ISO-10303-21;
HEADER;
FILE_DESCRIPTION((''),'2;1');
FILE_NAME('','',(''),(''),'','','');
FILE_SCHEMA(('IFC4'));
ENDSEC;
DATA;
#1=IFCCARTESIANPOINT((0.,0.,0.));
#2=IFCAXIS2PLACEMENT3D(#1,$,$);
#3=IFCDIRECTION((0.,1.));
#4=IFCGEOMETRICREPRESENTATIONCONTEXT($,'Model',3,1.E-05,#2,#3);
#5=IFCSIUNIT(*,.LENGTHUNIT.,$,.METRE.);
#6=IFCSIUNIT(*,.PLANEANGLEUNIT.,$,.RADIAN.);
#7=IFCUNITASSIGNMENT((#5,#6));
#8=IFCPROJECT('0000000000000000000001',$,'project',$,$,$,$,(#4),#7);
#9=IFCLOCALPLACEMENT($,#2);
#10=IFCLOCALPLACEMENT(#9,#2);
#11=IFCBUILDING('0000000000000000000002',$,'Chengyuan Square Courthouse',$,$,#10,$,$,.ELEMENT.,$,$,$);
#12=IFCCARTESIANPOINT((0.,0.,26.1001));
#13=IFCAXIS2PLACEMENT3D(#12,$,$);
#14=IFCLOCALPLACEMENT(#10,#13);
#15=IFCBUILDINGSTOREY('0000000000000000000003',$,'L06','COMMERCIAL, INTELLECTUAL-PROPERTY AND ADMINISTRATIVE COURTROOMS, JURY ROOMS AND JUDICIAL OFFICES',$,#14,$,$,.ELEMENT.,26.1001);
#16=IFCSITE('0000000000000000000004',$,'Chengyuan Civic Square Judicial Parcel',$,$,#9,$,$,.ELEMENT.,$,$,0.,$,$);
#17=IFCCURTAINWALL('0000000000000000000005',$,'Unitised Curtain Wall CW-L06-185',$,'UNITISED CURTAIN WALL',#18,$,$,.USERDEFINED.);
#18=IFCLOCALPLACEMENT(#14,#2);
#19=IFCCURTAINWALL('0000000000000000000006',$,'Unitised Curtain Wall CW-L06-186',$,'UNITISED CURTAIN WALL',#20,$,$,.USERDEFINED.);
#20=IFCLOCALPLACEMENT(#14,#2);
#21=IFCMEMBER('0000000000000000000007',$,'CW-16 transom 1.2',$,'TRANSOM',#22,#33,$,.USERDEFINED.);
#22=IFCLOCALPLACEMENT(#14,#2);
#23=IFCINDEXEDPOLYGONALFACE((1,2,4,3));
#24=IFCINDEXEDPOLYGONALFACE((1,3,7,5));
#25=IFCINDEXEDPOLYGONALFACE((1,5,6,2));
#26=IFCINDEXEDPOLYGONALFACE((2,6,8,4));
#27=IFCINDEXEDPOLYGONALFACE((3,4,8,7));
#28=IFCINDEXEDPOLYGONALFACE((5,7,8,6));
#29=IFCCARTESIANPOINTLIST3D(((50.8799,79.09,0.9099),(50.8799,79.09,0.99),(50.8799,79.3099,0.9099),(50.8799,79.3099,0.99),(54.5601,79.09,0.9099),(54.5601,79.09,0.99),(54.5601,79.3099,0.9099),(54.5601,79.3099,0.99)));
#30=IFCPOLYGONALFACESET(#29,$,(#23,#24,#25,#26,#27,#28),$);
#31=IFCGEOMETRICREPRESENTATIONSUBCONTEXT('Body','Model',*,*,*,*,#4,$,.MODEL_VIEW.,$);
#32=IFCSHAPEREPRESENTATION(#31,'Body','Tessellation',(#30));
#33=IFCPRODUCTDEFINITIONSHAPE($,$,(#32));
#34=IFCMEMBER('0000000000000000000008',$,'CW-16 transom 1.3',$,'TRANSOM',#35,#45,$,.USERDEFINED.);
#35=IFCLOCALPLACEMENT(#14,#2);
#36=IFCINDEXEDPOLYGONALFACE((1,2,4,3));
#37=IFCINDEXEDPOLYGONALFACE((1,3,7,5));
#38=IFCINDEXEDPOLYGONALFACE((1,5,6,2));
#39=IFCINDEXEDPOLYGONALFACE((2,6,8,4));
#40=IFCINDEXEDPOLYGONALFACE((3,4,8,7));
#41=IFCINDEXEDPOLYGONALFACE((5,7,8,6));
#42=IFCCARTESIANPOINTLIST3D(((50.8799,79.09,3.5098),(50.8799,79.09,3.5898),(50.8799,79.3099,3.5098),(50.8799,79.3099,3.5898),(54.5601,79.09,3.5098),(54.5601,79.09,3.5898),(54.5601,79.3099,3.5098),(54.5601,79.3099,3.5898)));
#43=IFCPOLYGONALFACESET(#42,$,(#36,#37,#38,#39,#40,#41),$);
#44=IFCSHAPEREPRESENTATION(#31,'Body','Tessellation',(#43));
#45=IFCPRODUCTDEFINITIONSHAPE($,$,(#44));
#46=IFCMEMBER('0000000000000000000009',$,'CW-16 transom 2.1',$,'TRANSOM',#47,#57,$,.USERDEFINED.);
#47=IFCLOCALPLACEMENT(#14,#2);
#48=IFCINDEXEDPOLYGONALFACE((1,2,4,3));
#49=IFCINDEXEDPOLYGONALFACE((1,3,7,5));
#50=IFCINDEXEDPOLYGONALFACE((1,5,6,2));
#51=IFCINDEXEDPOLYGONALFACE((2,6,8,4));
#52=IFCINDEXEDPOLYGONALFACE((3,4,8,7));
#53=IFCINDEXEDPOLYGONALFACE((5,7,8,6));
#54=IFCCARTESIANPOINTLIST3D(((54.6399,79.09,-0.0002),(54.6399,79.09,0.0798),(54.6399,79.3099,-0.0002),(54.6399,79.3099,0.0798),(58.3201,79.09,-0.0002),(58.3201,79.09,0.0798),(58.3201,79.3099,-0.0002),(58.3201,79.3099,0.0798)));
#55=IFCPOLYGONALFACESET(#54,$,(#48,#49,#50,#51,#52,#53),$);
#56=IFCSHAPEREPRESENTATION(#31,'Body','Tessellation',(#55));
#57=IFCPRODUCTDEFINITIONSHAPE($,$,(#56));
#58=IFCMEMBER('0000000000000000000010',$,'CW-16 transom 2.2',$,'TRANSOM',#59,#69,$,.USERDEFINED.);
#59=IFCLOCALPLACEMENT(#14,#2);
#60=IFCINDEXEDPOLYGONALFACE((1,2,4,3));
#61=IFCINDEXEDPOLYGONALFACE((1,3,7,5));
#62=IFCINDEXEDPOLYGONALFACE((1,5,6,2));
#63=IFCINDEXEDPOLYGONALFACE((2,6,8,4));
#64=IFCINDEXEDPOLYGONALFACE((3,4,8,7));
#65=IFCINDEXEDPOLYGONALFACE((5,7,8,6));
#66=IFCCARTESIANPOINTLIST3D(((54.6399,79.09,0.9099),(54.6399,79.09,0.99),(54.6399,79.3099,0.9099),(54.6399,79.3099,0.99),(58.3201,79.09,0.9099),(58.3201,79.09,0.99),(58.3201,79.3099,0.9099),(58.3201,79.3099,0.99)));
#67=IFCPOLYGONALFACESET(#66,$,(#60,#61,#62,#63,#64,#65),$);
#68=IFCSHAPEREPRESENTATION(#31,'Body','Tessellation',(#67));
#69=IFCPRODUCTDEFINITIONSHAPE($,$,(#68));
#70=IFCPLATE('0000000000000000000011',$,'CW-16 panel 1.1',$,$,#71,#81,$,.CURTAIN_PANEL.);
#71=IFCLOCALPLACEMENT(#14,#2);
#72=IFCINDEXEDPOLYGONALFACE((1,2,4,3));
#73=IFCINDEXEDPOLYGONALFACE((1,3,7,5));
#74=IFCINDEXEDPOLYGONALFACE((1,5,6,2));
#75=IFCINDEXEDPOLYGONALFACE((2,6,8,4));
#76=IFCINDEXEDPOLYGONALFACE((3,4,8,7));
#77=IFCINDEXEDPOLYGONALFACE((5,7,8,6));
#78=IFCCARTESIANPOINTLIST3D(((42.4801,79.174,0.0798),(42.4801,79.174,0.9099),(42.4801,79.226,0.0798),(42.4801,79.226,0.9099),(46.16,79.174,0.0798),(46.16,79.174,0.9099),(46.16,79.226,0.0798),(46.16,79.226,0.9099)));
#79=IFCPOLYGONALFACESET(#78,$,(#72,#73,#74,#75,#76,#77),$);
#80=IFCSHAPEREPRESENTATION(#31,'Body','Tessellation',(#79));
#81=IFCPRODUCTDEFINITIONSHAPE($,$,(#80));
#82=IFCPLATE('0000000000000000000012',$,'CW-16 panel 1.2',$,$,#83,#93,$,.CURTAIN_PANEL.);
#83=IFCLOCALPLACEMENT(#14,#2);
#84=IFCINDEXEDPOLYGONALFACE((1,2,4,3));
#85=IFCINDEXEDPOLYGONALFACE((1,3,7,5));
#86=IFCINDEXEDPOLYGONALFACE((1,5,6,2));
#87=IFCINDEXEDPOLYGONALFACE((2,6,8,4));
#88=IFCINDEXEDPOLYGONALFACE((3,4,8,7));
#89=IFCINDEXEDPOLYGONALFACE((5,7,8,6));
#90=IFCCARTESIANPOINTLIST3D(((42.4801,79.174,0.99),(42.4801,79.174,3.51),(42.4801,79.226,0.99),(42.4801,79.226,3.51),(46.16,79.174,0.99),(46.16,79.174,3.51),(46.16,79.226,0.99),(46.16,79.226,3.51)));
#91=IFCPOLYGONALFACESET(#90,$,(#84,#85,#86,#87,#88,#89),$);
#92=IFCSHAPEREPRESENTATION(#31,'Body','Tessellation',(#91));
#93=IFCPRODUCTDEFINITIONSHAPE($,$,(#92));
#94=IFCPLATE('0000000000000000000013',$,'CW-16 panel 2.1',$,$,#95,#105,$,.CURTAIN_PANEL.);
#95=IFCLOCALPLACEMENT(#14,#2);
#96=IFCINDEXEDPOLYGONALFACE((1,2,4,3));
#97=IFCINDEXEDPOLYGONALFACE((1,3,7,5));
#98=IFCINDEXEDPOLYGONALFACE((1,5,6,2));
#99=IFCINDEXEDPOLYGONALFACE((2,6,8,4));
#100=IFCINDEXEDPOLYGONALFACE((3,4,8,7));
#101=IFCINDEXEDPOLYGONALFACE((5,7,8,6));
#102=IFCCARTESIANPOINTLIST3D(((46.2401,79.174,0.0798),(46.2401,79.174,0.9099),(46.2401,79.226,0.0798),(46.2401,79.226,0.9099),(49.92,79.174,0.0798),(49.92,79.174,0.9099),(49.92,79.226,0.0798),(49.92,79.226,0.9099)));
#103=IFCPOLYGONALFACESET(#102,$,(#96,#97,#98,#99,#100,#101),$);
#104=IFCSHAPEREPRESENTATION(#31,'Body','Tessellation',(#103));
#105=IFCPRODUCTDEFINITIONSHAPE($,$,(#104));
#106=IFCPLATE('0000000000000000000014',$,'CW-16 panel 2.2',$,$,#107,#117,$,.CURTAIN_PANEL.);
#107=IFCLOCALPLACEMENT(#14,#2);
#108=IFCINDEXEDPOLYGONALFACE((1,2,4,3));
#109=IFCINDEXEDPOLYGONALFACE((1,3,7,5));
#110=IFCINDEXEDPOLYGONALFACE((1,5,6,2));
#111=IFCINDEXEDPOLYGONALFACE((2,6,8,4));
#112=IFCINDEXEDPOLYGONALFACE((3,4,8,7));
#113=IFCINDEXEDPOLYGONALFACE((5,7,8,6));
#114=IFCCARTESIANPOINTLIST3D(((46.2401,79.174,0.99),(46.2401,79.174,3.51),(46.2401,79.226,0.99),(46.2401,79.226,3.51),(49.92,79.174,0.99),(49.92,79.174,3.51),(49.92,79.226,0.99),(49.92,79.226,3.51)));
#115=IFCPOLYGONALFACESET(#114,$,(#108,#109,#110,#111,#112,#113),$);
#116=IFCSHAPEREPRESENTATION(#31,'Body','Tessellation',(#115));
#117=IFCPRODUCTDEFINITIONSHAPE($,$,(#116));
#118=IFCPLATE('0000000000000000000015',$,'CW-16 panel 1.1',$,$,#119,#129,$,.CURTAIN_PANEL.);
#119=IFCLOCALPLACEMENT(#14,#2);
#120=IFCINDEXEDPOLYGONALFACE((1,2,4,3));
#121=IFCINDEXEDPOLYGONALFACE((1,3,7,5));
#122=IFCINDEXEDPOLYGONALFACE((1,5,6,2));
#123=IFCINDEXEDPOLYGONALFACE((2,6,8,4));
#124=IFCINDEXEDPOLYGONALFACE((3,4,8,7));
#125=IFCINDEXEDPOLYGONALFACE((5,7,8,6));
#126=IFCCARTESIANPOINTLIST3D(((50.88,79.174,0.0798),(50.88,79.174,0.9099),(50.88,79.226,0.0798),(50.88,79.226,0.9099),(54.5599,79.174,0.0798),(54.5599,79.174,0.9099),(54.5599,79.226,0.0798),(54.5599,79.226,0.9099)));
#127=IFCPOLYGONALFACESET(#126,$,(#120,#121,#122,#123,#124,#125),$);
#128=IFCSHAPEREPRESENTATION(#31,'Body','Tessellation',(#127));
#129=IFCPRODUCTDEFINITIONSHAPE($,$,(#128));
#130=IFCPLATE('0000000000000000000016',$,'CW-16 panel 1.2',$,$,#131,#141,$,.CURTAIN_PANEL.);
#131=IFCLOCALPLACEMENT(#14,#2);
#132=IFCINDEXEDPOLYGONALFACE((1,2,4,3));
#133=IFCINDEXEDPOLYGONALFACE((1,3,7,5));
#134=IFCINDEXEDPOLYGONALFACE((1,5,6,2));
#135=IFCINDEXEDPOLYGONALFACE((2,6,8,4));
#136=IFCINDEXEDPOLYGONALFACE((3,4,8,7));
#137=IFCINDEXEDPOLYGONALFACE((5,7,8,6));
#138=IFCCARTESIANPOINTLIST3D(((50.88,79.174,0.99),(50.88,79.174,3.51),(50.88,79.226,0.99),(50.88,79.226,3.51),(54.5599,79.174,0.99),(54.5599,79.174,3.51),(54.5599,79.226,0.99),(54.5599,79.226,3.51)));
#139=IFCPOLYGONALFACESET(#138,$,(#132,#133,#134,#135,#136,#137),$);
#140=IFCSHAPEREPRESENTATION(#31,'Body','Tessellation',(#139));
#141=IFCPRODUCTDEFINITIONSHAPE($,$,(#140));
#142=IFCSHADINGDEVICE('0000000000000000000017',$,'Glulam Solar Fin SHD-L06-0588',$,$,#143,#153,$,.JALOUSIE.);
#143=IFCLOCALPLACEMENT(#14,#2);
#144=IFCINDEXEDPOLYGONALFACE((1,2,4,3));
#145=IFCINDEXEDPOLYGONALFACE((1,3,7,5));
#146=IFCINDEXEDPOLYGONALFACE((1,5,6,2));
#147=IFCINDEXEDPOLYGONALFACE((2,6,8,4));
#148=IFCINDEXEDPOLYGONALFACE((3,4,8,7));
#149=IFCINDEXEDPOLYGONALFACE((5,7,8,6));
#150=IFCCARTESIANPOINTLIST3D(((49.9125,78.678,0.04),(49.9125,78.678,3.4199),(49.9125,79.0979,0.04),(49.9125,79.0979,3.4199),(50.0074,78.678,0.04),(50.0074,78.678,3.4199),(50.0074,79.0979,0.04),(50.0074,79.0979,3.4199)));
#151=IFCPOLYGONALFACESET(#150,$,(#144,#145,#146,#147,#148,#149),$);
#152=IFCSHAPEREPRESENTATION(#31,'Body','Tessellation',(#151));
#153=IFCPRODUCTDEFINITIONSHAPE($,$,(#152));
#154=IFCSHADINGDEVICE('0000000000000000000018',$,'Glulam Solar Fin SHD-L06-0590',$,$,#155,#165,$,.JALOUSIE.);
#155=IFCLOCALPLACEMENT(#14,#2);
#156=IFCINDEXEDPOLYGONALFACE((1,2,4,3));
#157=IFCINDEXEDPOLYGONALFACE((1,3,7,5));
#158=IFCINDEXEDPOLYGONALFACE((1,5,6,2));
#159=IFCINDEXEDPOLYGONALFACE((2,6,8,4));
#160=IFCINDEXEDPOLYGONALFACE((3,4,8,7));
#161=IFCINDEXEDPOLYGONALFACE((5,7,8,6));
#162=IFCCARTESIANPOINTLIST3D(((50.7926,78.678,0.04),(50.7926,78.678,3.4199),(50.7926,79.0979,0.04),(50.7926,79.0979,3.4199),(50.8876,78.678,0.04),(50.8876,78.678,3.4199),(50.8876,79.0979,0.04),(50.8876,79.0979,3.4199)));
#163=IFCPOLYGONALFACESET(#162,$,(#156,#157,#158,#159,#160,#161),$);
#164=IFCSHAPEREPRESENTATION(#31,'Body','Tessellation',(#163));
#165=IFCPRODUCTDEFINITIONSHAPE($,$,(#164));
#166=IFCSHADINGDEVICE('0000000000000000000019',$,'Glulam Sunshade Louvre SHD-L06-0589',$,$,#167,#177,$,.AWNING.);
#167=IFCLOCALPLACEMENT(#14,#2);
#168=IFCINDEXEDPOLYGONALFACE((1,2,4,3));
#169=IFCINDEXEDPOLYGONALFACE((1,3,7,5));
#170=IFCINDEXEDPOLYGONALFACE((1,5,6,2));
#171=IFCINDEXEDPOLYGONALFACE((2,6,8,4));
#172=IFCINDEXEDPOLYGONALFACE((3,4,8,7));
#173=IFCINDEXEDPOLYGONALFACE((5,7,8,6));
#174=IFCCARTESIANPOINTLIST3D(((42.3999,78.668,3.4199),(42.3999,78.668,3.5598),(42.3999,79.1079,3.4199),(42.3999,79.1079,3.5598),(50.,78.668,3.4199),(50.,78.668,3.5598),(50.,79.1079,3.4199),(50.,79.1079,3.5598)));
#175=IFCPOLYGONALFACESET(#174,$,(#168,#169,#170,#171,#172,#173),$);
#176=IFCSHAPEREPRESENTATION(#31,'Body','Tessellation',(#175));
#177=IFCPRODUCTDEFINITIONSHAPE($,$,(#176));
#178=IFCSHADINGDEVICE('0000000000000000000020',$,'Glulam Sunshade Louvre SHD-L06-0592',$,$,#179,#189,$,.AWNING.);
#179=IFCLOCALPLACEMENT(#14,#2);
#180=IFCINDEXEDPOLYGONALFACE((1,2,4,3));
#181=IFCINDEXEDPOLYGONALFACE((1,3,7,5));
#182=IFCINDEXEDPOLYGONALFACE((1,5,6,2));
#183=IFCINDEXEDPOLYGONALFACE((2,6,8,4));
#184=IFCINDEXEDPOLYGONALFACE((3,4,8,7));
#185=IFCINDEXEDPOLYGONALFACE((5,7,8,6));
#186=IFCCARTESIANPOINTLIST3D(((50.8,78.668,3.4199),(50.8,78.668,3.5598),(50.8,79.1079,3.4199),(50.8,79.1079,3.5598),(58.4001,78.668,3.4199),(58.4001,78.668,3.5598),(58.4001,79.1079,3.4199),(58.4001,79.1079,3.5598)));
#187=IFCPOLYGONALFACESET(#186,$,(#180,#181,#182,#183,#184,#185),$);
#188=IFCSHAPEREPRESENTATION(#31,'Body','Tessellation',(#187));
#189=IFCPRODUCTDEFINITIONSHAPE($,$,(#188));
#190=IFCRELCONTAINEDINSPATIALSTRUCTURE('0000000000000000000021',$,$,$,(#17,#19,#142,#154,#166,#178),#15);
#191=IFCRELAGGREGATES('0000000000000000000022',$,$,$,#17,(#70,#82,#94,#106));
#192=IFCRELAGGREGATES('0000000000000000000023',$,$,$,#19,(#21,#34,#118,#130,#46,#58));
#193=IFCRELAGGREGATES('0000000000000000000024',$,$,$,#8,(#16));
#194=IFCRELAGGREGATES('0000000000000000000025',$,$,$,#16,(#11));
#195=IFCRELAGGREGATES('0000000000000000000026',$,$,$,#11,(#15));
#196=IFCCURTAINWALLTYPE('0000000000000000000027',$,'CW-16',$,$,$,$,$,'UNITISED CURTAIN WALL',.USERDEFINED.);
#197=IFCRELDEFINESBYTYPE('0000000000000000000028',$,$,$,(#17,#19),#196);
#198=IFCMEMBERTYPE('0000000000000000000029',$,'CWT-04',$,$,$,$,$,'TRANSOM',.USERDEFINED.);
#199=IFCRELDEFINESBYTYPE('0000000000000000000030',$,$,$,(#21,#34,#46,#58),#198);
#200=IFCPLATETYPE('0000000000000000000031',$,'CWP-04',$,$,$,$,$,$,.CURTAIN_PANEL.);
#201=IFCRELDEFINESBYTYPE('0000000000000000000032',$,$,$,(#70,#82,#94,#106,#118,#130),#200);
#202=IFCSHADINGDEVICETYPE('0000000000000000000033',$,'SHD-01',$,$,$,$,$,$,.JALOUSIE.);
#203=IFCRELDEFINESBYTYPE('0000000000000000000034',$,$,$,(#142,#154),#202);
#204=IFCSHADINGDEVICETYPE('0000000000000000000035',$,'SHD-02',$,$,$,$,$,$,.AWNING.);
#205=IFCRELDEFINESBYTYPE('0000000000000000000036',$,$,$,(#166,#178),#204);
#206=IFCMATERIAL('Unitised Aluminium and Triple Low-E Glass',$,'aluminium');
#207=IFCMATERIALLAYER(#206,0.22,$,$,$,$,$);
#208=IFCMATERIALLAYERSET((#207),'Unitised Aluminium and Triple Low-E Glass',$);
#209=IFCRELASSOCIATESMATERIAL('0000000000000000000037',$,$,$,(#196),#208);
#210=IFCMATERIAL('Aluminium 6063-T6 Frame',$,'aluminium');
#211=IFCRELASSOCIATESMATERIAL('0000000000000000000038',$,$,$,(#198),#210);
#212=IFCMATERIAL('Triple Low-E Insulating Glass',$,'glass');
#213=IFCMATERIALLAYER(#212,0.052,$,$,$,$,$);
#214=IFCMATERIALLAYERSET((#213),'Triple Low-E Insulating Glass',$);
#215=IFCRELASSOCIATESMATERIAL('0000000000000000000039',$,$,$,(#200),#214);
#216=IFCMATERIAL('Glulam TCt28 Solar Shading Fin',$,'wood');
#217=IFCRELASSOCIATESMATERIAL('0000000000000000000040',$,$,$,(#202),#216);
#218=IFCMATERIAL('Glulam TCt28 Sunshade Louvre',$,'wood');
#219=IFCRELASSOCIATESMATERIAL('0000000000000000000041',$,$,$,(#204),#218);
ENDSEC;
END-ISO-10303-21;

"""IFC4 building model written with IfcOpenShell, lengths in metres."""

from ifc_helpers import new_model, si_unit, direction, frame, origin, origin_2d, place, context, subcontext, project, spatial, rectangle, extrude, material, layer, layer_set, material_profile, profile_set, type_object, element, aggregate, save


model = new_model("IFC4")

# Units and contexts
model_context = context("Model", 3, precision=1e-05, world=origin(), true_north=direction((0.0, 1.0)))
body_context = subcontext(model_context, "Body", "Model", "MODEL_VIEW")
ifc_project = project(units=[si_unit("LENGTHUNIT", "METRE"), si_unit("PLANEANGLEUNIT", "RADIAN")], contexts=[model_context])

# Site, building, storey
site_placement = place(None, origin())
site = spatial("IfcSite", under=ifc_project, at=site_placement, Name="Chengyuan Civic Square Judicial Parcel", CompositionType="ELEMENT", RefElevation=0.0)
building_placement = place(site_placement, origin())
building = spatial("IfcBuilding", under=site, at=building_placement, Name="Chengyuan Square Courthouse", CompositionType="ELEMENT")
storey_placement = place(building_placement, frame((0.0, 0.0, 26.1001)))
storey = spatial("IfcBuildingStorey", under=building, at=storey_placement, Name="L06", Description="COMMERCIAL, INTELLECTUAL-PROPERTY AND ADMINISTRATIVE COURTROOMS, JURY ROOMS AND JUDICIAL OFFICES", CompositionType="ELEMENT", Elevation=26.1001)

# Curtain walls
ifc_material_1 = material(Name="Unitised Aluminium and Triple Low-E Glass", Category="aluminium")
ifc_layer_1 = layer(ifc_material_1, 0.22)
ifc_layer_set_1 = layer_set([ifc_layer_1], Name="Unitised Aluminium and Triple Low-E Glass")
curtain_wall_type = type_object("IfcCurtainWallType", Name="CW-16", ElementType="UNITISED CURTAIN WALL", PredefinedType="USERDEFINED", material=ifc_layer_set_1)
curtain_wall_1_placement = place(storey_placement, origin())
curtain_wall_1 = element("IfcCurtainWall", 1, at=curtain_wall_1_placement, inside=storey, type_object=curtain_wall_type, Name="Unitised Curtain Wall CW-L06-185", ObjectType="UNITISED CURTAIN WALL", PredefinedType="USERDEFINED")
ifc_material_2 = material(Name="Aluminium 6063-T6 Frame", Category="aluminium")
curtain_wall_2_placement = place(storey_placement, origin())
curtain_wall_2 = element("IfcCurtainWall", 2, at=curtain_wall_2_placement, inside=storey, type_object=curtain_wall_type, Name="Unitised Curtain Wall CW-L06-186", ObjectType="UNITISED CURTAIN WALL", PredefinedType="USERDEFINED")

# Members
ifc_material_profile_1 = material_profile(ifc_material_2, rectangle(XDim=0.22, YDim=0.0801, at=origin_2d()), Name="CW-TRN-80x180")
ifc_profile_set_1 = profile_set([ifc_material_profile_1], Name="Aluminium 6063-T6 Frame")
member_type_1 = type_object("IfcMemberType", Name="CWT-04", ElementType="TRANSOM", PredefinedType="USERDEFINED", material=ifc_profile_set_1)
member_1_placement = place(storey_placement, frame((50.8799, 79.2, 0.95), z_axis=(1.0, 0.0, 0.0), x_axis=(0.0, 1.0, 0.0)))
member_1 = element("IfcMember", 3, at=member_1_placement, type_object=member_type_1, Name="CW-16 transom 1.2", ObjectType="TRANSOM", PredefinedType="USERDEFINED", context=body_context, shape_type="SweptSolid", body=[
    extrude(rectangle(XDim=0.22, YDim=0.0801, at=origin_2d()), origin(), (0.0, 0.0, 1.0), 3.6802),
])
member_2_placement = place(storey_placement, frame((50.8799, 79.2, 3.5498), z_axis=(1.0, 0.0, 0.0), x_axis=(0.0, 1.0, 0.0)))
member_2 = element("IfcMember", 4, at=member_2_placement, type_object=member_type_1, Name="CW-16 transom 1.3", ObjectType="TRANSOM", PredefinedType="USERDEFINED", context=body_context, shape_type="SweptSolid", body=[
    extrude(rectangle(XDim=0.22, YDim=0.0801, at=origin_2d()), origin(), (0.0, 0.0, 1.0), 3.6802),
])
member_3_placement = place(storey_placement, frame((54.6399, 79.2, 0.0398), z_axis=(1.0, 0.0, 0.0), x_axis=(0.0, 1.0, 0.0)))
member_3 = element("IfcMember", 5, at=member_3_placement, type_object=member_type_1, Name="CW-16 transom 2.1", ObjectType="TRANSOM", PredefinedType="USERDEFINED", context=body_context, shape_type="SweptSolid", body=[
    extrude(rectangle(XDim=0.22, YDim=0.0801, at=origin_2d()), origin(), (0.0, 0.0, 1.0), 3.6802),
])
member_4_placement = place(storey_placement, frame((54.6399, 79.2, 0.95), z_axis=(1.0, 0.0, 0.0), x_axis=(0.0, 1.0, 0.0)))
member_4 = element("IfcMember", 6, at=member_4_placement, type_object=member_type_1, Name="CW-16 transom 2.2", ObjectType="TRANSOM", PredefinedType="USERDEFINED", context=body_context, shape_type="SweptSolid", body=[
    extrude(rectangle(XDim=0.22, YDim=0.0801, at=origin_2d()), origin(), (0.0, 0.0, 1.0), 3.6802),
])

# Plates
ifc_material_3 = material(Name="Triple Low-E Insulating Glass", Category="glass")
ifc_layer_2 = layer(ifc_material_3, 0.052)
ifc_layer_set_2 = layer_set([ifc_layer_2], Name="Triple Low-E Insulating Glass")
plate_type = type_object("IfcPlateType", Name="CWP-04", PredefinedType="CURTAIN_PANEL", material=ifc_layer_set_2)
plate_1_placement = place(storey_placement, frame((44.3201, 79.2, 0.0798), z_axis=(0.0, 0.0, 1.0), x_axis=(1.0, 0.0, 0.0)))
plate_1 = element("IfcPlate", 7, at=plate_1_placement, type_object=plate_type, Name="CW-16 panel 1.1", PredefinedType="CURTAIN_PANEL", context=body_context, shape_type="SweptSolid", body=[
    extrude(rectangle(XDim=3.6799, YDim=0.052, at=origin_2d()), origin(), (0.0, 0.0, 1.0), 0.8301),
])
plate_2_placement = place(storey_placement, frame((44.3201, 79.2, 0.99), z_axis=(0.0, 0.0, 1.0), x_axis=(1.0, 0.0, 0.0)))
plate_2 = element("IfcPlate", 8, at=plate_2_placement, type_object=plate_type, Name="CW-16 panel 1.2", PredefinedType="CURTAIN_PANEL", context=body_context, shape_type="SweptSolid", body=[
    extrude(rectangle(XDim=3.6799, YDim=0.052, at=origin_2d()), origin(), (0.0, 0.0, 1.0), 2.52),
])
plate_3_placement = place(storey_placement, frame((48.0801, 79.2, 0.0798), z_axis=(0.0, 0.0, 1.0), x_axis=(1.0, 0.0, 0.0)))
plate_3 = element("IfcPlate", 9, at=plate_3_placement, type_object=plate_type, Name="CW-16 panel 2.1", PredefinedType="CURTAIN_PANEL", context=body_context, shape_type="SweptSolid", body=[
    extrude(rectangle(XDim=3.6799, YDim=0.052, at=origin_2d()), origin(), (0.0, 0.0, 1.0), 0.8301),
])
plate_4_placement = place(storey_placement, frame((48.0801, 79.2, 0.99), z_axis=(0.0, 0.0, 1.0), x_axis=(1.0, 0.0, 0.0)))
plate_4 = element("IfcPlate", 10, at=plate_4_placement, type_object=plate_type, Name="CW-16 panel 2.2", PredefinedType="CURTAIN_PANEL", context=body_context, shape_type="SweptSolid", body=[
    extrude(rectangle(XDim=3.6799, YDim=0.052, at=origin_2d()), origin(), (0.0, 0.0, 1.0), 2.52),
])
aggregate(curtain_wall_1, [plate_1, plate_2, plate_3, plate_4])
plate_5_placement = place(storey_placement, frame((52.72, 79.2, 0.0798), z_axis=(0.0, 0.0, 1.0), x_axis=(1.0, 0.0, 0.0)))
plate_5 = element("IfcPlate", 11, at=plate_5_placement, type_object=plate_type, Name="CW-16 panel 1.1", PredefinedType="CURTAIN_PANEL", context=body_context, shape_type="SweptSolid", body=[
    extrude(rectangle(XDim=3.6799, YDim=0.052, at=origin_2d()), origin(), (0.0, 0.0, 1.0), 0.8301),
])
plate_6_placement = place(storey_placement, frame((52.72, 79.2, 0.99), z_axis=(0.0, 0.0, 1.0), x_axis=(1.0, 0.0, 0.0)))
plate_6 = element("IfcPlate", 12, at=plate_6_placement, type_object=plate_type, Name="CW-16 panel 1.2", PredefinedType="CURTAIN_PANEL", context=body_context, shape_type="SweptSolid", body=[
    extrude(rectangle(XDim=3.6799, YDim=0.052, at=origin_2d()), origin(), (0.0, 0.0, 1.0), 2.52),
])
aggregate(curtain_wall_2, [member_1, member_2, plate_5, plate_6, member_3, member_4])

# Shading devices
ifc_material_4 = material(Name="Glulam TCt28 Solar Shading Fin", Category="wood")
shading_device_type_1 = type_object("IfcShadingDeviceType", Name="SHD-01", PredefinedType="JALOUSIE", material=ifc_material_4)
for number, where, z_axis, x_axis, name in (
    (13, (49.96, 78.8879, 0.04), (0.0, 0.0, 1.0), (0.0, 1.0, 0.0), "Glulam Solar Fin SHD-L06-0588"),
    (14, (50.8401, 78.8879, 0.04), (0.0, 0.0, 1.0), (0.0, 1.0, 0.0), "Glulam Solar Fin SHD-L06-0590"),
):
    element("IfcShadingDevice", number, at=place(storey_placement, frame(where, z_axis=z_axis, x_axis=x_axis)), inside=storey, type_object=shading_device_type_1, Name=name, PredefinedType="JALOUSIE", context=body_context, shape_type="SweptSolid", body=[
        extrude(rectangle(XDim=0.4199, YDim=0.095, at=origin_2d()), origin(), (0.0, 0.0, 1.0), 3.3799),
    ])
ifc_material_5 = material(Name="Glulam TCt28 Sunshade Louvre", Category="wood")
shading_device_type_2 = type_object("IfcShadingDeviceType", Name="SHD-02", PredefinedType="AWNING", material=ifc_material_5)
for number, where, z_axis, x_axis, name in (
    (15, (46.2, 78.8879, 3.4199), (0.0, 0.0, 1.0), (1.0, 0.0, 0.0), "Glulam Sunshade Louvre SHD-L06-0589"),
    (16, (54.6001, 78.8879, 3.4199), (0.0, 0.0, 1.0), (1.0, 0.0, 0.0), "Glulam Sunshade Louvre SHD-L06-0592"),
):
    element("IfcShadingDevice", number, at=place(storey_placement, frame(where, z_axis=z_axis, x_axis=x_axis)), inside=storey, type_object=shading_device_type_2, Name=name, PredefinedType="AWNING", context=body_context, shape_type="SweptSolid", body=[
        extrude(rectangle(XDim=7.6001, YDim=0.4399, at=origin_2d()), origin(), (0.0, 0.0, 1.0), 0.1399),
    ])

save(model, "model.ifc")
